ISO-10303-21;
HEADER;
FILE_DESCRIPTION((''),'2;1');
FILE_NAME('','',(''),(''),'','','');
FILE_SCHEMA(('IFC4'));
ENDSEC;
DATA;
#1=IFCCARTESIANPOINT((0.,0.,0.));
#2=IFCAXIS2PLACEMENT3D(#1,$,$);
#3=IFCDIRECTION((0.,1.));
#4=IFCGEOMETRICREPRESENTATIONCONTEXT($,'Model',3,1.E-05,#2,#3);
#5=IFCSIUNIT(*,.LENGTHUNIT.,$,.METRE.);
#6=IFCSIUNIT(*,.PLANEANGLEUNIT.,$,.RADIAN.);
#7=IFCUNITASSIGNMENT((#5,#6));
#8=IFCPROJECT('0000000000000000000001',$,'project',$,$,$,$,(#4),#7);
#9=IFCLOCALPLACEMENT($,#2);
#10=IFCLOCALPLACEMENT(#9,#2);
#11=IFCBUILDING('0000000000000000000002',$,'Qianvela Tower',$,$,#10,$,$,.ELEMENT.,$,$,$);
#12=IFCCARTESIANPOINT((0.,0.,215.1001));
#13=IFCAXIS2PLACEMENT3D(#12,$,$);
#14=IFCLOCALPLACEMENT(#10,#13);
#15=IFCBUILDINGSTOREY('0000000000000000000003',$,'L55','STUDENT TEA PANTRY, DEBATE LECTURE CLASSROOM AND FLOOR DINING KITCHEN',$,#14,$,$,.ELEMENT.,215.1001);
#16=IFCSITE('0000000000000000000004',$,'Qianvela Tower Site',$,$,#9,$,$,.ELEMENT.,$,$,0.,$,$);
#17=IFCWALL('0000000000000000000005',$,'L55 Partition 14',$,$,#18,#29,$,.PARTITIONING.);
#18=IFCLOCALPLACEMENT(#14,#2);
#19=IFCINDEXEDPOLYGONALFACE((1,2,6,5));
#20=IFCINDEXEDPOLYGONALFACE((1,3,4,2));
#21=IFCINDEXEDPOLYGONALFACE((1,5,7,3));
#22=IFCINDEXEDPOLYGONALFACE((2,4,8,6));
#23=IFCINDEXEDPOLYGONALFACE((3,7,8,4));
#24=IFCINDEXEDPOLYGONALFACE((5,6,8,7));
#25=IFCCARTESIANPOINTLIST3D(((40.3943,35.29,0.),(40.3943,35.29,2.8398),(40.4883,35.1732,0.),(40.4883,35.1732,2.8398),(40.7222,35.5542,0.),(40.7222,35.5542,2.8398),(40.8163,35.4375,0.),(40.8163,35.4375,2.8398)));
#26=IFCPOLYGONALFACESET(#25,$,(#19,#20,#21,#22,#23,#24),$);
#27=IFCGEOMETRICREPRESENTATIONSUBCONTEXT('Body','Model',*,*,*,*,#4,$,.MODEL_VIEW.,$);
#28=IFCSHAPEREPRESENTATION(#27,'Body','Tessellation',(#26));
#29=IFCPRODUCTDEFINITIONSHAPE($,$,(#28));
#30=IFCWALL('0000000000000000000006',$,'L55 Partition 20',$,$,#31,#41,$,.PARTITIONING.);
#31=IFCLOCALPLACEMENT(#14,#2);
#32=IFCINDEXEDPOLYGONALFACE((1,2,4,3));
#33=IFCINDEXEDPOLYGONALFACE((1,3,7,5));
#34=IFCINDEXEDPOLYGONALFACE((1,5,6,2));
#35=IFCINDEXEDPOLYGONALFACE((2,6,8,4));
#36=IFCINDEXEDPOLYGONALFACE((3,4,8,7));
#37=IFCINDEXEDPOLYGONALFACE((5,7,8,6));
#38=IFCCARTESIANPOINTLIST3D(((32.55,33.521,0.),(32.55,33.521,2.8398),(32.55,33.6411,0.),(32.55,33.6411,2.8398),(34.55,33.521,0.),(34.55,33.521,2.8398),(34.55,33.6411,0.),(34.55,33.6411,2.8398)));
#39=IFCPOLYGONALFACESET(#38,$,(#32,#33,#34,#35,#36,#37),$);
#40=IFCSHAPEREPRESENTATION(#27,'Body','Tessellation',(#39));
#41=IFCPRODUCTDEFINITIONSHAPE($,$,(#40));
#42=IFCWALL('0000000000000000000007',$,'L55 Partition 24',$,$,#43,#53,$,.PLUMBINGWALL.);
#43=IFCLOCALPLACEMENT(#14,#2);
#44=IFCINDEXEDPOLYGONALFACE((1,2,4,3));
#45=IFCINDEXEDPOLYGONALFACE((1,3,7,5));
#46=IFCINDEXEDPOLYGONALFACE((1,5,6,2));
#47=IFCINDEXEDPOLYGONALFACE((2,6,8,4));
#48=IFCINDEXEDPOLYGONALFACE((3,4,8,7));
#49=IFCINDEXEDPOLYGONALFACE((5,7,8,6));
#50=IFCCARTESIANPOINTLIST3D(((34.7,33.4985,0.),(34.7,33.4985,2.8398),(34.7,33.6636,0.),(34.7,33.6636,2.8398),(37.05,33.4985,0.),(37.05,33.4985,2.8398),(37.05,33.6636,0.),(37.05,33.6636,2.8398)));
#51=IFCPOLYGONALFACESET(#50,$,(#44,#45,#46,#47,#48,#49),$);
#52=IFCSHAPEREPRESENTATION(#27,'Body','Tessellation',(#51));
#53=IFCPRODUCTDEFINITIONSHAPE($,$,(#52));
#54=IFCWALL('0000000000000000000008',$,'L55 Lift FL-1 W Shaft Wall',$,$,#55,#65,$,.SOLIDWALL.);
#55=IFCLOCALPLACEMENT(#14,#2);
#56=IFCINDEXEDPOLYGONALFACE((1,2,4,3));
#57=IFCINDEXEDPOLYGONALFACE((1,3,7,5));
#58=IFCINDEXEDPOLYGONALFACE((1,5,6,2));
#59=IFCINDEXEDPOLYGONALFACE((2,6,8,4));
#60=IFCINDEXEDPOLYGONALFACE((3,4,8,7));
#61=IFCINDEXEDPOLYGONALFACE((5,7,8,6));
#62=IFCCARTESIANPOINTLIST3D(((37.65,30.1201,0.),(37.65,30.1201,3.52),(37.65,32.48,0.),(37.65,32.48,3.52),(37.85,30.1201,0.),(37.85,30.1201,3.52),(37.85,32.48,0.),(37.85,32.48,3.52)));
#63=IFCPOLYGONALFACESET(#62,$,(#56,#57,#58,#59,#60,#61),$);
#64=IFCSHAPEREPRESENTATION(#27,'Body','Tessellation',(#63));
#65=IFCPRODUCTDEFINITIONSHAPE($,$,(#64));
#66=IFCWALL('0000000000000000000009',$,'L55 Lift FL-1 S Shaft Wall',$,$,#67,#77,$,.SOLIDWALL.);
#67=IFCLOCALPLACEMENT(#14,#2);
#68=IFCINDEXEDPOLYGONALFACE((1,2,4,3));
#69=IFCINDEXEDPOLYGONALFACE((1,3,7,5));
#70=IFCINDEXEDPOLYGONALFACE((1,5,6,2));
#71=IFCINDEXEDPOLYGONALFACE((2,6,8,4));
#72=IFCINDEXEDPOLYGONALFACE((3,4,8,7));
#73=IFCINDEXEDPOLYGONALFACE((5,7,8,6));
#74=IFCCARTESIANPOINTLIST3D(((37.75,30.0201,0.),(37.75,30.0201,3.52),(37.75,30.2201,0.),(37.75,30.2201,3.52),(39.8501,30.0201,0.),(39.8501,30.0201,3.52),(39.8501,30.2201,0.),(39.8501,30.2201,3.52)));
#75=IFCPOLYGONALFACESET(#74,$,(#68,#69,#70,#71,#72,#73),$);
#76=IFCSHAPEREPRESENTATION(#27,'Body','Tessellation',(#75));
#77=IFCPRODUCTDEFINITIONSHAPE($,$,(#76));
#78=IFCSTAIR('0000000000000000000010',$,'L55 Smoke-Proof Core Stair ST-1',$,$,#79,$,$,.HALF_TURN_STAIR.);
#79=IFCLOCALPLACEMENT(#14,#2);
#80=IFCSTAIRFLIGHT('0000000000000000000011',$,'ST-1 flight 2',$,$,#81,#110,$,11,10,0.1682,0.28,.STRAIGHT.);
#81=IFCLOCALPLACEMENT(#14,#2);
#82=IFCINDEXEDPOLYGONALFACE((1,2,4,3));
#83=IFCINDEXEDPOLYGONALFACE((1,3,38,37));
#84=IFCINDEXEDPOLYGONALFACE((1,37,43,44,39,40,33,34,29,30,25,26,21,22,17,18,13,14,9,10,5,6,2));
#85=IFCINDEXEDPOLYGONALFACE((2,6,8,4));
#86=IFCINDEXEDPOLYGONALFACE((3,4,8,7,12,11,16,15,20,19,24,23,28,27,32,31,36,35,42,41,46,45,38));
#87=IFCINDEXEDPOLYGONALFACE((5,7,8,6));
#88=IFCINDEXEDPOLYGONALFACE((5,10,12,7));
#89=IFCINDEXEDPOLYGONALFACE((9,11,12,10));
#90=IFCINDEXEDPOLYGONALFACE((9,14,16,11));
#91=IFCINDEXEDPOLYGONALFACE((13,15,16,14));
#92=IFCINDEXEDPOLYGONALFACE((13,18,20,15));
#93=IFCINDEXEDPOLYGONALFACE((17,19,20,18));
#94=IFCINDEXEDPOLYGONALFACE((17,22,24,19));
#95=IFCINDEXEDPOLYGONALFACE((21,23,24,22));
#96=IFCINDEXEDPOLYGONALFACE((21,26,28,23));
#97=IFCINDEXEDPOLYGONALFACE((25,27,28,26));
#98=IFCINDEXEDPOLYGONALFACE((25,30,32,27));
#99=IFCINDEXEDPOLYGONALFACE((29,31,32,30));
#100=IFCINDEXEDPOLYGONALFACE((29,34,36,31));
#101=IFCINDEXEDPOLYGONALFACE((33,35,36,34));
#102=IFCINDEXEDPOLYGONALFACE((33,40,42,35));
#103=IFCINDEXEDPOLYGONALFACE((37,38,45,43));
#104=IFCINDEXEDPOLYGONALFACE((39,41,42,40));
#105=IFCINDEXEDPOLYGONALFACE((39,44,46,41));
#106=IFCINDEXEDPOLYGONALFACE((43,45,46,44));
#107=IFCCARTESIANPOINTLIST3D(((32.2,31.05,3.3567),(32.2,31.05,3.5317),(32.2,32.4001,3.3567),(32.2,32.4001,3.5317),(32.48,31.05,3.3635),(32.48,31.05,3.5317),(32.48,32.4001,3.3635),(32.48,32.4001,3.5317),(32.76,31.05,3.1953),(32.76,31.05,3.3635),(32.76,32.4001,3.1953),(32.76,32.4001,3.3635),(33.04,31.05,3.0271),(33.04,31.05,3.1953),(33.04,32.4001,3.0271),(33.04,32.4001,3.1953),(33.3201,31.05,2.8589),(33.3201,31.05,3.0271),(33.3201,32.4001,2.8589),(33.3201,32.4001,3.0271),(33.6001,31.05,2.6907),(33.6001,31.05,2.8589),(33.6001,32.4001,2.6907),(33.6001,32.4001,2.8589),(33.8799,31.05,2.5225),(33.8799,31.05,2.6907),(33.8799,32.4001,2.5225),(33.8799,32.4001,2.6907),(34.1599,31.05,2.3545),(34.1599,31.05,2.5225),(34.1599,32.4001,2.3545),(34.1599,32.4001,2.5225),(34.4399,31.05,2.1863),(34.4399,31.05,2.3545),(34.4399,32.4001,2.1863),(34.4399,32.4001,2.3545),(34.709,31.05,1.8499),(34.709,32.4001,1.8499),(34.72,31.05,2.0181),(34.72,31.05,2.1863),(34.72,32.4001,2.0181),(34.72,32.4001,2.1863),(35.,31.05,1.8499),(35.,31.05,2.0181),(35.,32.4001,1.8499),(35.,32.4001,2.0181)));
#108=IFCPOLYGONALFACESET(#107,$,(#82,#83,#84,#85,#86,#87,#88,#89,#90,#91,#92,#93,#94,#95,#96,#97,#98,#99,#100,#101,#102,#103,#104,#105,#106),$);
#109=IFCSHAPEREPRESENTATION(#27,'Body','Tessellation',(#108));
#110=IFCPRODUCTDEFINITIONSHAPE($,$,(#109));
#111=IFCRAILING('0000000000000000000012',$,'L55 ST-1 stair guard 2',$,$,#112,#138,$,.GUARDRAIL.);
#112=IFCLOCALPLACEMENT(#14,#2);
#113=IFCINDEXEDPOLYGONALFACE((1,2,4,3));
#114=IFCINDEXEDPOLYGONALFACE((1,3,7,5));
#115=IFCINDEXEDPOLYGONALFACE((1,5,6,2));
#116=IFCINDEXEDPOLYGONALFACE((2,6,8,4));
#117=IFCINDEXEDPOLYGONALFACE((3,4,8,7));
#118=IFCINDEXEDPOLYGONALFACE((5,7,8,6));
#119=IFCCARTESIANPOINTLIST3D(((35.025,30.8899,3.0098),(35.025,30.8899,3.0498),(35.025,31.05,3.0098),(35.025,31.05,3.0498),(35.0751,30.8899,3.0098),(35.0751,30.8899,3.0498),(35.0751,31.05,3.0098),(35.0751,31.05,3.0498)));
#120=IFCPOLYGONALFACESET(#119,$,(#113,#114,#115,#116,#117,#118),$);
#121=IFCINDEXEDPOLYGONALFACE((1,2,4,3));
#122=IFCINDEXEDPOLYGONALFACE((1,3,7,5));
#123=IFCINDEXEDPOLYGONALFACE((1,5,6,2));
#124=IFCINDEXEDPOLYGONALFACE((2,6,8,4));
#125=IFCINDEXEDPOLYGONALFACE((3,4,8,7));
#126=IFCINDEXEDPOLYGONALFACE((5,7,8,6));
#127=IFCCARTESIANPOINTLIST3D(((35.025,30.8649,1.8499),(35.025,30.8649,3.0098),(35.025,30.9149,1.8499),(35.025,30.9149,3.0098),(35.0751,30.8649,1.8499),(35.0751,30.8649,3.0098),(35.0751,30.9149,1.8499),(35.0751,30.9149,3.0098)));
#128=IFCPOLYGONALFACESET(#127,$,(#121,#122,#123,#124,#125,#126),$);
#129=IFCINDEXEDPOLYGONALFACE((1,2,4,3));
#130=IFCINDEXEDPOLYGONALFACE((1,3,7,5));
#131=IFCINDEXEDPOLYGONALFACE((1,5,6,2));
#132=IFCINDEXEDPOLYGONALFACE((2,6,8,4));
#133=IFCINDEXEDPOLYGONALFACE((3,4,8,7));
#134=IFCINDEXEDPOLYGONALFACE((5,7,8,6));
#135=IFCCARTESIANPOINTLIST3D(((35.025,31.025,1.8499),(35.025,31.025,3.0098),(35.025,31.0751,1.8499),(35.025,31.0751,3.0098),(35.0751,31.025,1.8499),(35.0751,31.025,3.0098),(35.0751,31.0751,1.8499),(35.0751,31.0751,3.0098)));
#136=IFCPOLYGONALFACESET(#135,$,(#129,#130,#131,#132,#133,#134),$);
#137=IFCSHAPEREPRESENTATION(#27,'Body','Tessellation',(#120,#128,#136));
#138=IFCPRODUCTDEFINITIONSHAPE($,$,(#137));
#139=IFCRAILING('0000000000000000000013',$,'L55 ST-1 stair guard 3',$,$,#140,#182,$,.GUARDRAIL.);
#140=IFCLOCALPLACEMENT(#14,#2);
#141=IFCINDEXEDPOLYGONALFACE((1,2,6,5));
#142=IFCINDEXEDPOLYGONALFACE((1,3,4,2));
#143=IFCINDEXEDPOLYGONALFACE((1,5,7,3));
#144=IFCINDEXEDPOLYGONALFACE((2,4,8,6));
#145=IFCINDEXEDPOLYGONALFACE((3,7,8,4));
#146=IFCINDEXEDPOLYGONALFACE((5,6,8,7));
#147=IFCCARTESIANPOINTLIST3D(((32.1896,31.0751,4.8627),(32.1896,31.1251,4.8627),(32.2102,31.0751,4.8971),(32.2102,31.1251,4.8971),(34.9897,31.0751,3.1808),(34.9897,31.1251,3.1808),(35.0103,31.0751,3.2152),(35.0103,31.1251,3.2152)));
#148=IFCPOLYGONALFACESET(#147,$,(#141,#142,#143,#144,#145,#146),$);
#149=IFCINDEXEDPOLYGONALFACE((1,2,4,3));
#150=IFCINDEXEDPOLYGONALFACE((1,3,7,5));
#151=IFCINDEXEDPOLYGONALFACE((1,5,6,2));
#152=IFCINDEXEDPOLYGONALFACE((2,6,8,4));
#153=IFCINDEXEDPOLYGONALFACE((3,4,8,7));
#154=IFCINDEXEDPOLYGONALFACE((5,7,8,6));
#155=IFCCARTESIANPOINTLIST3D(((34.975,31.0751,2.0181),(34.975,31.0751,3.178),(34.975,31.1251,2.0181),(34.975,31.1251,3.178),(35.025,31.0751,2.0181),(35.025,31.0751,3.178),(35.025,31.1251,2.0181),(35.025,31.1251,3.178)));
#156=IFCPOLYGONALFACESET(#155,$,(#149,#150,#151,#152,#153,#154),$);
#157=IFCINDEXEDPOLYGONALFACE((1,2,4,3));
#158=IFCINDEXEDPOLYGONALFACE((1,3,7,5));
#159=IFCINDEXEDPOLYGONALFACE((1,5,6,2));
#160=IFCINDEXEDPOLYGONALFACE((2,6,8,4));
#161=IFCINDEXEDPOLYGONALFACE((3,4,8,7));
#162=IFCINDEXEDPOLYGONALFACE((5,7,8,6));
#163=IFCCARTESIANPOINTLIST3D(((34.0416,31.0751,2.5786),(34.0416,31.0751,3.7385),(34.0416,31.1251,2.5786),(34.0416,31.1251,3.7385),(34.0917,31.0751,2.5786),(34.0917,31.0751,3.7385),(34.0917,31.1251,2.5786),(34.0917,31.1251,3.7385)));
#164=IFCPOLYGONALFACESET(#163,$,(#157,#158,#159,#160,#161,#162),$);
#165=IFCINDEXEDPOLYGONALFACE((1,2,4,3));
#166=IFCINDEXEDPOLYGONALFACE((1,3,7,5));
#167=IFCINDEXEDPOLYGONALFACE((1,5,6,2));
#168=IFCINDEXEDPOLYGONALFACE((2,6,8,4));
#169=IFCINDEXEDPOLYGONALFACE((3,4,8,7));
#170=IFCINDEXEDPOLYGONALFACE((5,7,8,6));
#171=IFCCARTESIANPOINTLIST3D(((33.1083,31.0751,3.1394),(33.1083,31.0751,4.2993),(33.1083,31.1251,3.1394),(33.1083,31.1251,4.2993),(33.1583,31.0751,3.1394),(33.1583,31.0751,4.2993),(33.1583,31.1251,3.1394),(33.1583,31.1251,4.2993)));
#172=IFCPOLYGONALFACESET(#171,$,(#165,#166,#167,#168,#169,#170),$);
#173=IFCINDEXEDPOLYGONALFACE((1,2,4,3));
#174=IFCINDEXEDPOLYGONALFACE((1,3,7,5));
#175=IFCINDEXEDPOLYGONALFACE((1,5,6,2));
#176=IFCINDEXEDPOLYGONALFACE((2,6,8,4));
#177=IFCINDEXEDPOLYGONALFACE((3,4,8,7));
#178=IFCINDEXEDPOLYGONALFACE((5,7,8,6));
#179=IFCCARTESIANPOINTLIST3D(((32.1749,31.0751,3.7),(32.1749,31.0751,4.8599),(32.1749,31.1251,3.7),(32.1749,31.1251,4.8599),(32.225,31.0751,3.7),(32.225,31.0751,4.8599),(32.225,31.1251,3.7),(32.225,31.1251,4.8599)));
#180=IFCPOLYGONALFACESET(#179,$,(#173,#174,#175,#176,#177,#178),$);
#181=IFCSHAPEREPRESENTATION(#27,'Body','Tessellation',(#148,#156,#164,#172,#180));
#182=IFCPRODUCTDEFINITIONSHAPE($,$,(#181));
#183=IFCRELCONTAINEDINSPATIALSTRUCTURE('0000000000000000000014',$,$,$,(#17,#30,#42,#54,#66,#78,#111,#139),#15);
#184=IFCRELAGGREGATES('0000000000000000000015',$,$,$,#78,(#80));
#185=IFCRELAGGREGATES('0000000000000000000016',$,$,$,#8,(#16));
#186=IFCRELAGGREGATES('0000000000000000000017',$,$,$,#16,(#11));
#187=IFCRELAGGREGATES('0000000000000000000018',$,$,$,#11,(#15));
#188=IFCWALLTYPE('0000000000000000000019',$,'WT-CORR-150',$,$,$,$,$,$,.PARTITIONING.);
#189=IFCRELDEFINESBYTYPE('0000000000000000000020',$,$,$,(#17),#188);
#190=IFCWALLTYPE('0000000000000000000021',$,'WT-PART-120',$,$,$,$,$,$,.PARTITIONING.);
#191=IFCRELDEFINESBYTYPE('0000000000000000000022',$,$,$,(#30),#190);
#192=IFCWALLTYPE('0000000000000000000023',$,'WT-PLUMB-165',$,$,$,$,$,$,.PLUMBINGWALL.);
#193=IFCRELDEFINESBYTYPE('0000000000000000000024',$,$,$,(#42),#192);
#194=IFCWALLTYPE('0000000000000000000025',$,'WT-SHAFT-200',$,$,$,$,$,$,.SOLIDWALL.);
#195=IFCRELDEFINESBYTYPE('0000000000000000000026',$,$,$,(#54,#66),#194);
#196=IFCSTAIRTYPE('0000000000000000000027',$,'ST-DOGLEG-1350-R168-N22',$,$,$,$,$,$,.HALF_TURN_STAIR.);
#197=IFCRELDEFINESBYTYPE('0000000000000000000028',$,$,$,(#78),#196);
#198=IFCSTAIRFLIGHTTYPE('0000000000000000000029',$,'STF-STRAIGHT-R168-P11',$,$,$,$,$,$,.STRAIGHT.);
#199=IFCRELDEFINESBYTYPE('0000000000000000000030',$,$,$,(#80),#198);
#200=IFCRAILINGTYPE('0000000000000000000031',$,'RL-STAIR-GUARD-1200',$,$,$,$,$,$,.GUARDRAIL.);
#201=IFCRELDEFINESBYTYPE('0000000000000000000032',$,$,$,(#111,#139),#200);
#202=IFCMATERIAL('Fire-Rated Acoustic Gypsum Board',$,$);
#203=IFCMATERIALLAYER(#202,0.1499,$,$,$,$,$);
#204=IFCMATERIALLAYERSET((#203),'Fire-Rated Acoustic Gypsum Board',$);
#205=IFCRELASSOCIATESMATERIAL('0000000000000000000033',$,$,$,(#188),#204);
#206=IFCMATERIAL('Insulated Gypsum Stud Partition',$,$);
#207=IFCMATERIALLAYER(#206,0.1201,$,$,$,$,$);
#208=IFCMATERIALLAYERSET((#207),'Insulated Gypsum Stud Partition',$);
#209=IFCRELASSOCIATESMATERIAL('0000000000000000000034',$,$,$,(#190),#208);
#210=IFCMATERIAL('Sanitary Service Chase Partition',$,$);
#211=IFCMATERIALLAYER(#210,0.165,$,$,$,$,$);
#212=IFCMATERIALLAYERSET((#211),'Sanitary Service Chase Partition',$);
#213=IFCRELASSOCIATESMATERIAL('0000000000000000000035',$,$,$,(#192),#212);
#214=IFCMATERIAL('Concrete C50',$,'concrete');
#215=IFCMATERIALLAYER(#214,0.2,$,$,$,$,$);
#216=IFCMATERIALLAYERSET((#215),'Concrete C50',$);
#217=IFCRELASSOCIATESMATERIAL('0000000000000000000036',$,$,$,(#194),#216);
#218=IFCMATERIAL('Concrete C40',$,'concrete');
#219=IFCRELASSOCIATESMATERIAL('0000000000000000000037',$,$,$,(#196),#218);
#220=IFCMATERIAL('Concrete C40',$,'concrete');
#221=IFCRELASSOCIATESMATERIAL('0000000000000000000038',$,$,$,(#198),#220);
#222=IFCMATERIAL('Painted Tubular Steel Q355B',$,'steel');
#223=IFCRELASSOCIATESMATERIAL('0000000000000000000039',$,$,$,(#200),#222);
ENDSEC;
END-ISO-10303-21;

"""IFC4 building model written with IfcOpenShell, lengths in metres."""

from ifc_helpers import new_model, si_unit, direction, frame, frame_2d, origin, origin_2d, place, context, subcontext, project, spatial, polyline, rectangle, outline, extrude, material, layer, layer_set, type_object, element, aggregate, save


model = new_model("IFC4")

# Units and contexts
model_context = context("Model", 3, precision=1e-05, world=origin(), true_north=direction((0.0, 1.0)))
body_context = subcontext(model_context, "Body", "Model", "MODEL_VIEW")
ifc_project = project(units=[si_unit("LENGTHUNIT", "METRE"), si_unit("PLANEANGLEUNIT", "RADIAN")], contexts=[model_context])

# Site, building, storey
site_placement = place(None, origin())
site = spatial("IfcSite", under=ifc_project, at=site_placement, Name="Qianvela Tower Site", CompositionType="ELEMENT", RefElevation=0.0)
building_placement = place(site_placement, origin())
building = spatial("IfcBuilding", under=site, at=building_placement, Name="Qianvela Tower", CompositionType="ELEMENT")
storey_placement = place(building_placement, frame((0.0, 0.0, 215.1001)))
storey = spatial("IfcBuildingStorey", under=building, at=storey_placement, Name="L55", Description="STUDENT TEA PANTRY, DEBATE LECTURE CLASSROOM AND FLOOR DINING KITCHEN", CompositionType="ELEMENT", Elevation=215.1001)

# Walls
ifc_material_1 = material(Name="Fire-Rated Acoustic Gypsum Board")
ifc_layer_1 = layer(ifc_material_1, 0.1499)
ifc_layer_set_1 = layer_set([ifc_layer_1], Name="Fire-Rated Acoustic Gypsum Board")
wall_type_1 = type_object("IfcWallType", Name="WT-CORR-150", PredefinedType="PARTITIONING", material=ifc_layer_set_1)
wall_1_placement = place(storey_placement, frame((40.4414, 35.2317, 0.0), z_axis=(0.0, 0.0, 1.0), x_axis=(0.778715, 0.627378, 0.0)))
element("IfcWall", 1, at=wall_1_placement, inside=storey, type_object=wall_type_1, Name="L55 Partition 14", PredefinedType="PARTITIONING", context=body_context, shape_type="SweptSolid", body=[
    extrude(rectangle(XDim=0.4211, YDim=0.1499, at=frame_2d((0.2104, 0.0))), origin(), (0.0, 0.0, 1.0), 2.8398),
])
ifc_material_2 = material(Name="Insulated Gypsum Stud Partition")
ifc_layer_2 = layer(ifc_material_2, 0.1201)
ifc_layer_set_2 = layer_set([ifc_layer_2], Name="Insulated Gypsum Stud Partition")
wall_type_2 = type_object("IfcWallType", Name="WT-PART-120", PredefinedType="PARTITIONING", material=ifc_layer_set_2)
wall_2_placement = place(storey_placement, frame((34.55, 33.5811, 0.0), z_axis=(0.0, 0.0, 1.0), x_axis=(-1.0, 0.0, 0.0)))
element("IfcWall", 2, at=wall_2_placement, inside=storey, type_object=wall_type_2, Name="L55 Partition 20", PredefinedType="PARTITIONING", context=body_context, shape_type="SweptSolid", body=[
    extrude(rectangle(XDim=2.0, YDim=0.1201, at=frame_2d((1.0, 0.0))), origin(), (0.0, 0.0, 1.0), 2.8398),
])
ifc_material_3 = material(Name="Sanitary Service Chase Partition")
ifc_layer_3 = layer(ifc_material_3, 0.165)
ifc_layer_set_3 = layer_set([ifc_layer_3], Name="Sanitary Service Chase Partition")
wall_type_3 = type_object("IfcWallType", Name="WT-PLUMB-165", PredefinedType="PLUMBINGWALL", material=ifc_layer_set_3)
wall_3_placement = place(storey_placement, frame((37.05, 33.5811, 0.0), z_axis=(0.0, 0.0, 1.0), x_axis=(-1.0, 0.0, 0.0)))
element("IfcWall", 3, at=wall_3_placement, inside=storey, type_object=wall_type_3, Name="L55 Partition 24", PredefinedType="PLUMBINGWALL", context=body_context, shape_type="SweptSolid", body=[
    extrude(rectangle(XDim=2.3501, YDim=0.165, at=frame_2d((1.175, 0.0))), origin(), (0.0, 0.0, 1.0), 2.8398),
])

# Shared definitions
ifc_material_4 = material(Name="Concrete C50", Category="concrete")
ifc_layer_4 = layer(ifc_material_4, 0.2)
ifc_layer_set_4 = layer_set([ifc_layer_4], Name="Concrete C50")
wall_type_4 = type_object("IfcWallType", Name="WT-SHAFT-200", PredefinedType="SOLIDWALL", material=ifc_layer_set_4)

# Walls
wall_4_placement = place(storey_placement, frame((37.75, 30.1201, 0.0), z_axis=(0.0, 0.0, 1.0), x_axis=(0.0, 1.0, 0.0)))
element("IfcWall", 4, at=wall_4_placement, inside=storey, type_object=wall_type_4, Name="L55 Lift FL-1 W Shaft Wall", PredefinedType="SOLIDWALL", context=body_context, shape_type="SweptSolid", body=[
    extrude(rectangle(XDim=2.3599, YDim=0.2, at=frame_2d((1.1799, 0.0))), origin(), (0.0, 0.0, 1.0), 3.52),
])
wall_5_placement = place(storey_placement, frame((37.75, 30.1201, 0.0), z_axis=(0.0, 0.0, 1.0), x_axis=(1.0, 0.0, 0.0)))
element("IfcWall", 5, at=wall_5_placement, inside=storey, type_object=wall_type_4, Name="L55 Lift FL-1 S Shaft Wall", PredefinedType="SOLIDWALL", context=body_context, shape_type="SweptSolid", body=[
    extrude(rectangle(XDim=2.1001, YDim=0.2, at=frame_2d((1.05, 0.0))), origin(), (0.0, 0.0, 1.0), 3.52),
])

# Stair, stair flight
ifc_material_5 = material(Name="Concrete C40", Category="concrete")
stair_type = type_object("IfcStairType", Name="ST-DOGLEG-1350-R168-N22", PredefinedType="HALF_TURN_STAIR", material=ifc_material_5)
stair_placement = place(storey_placement, origin())
stair = element("IfcStair", 6, at=stair_placement, inside=storey, type_object=stair_type, Name="L55 Smoke-Proof Core Stair ST-1", PredefinedType="HALF_TURN_STAIR")
ifc_material_6 = material(Name="Concrete C40", Category="concrete")
stair_flight_type = type_object("IfcStairFlightType", Name="STF-STRAIGHT-R168-P11", PredefinedType="STRAIGHT", material=ifc_material_6)
stair_flight_placement = place(storey_placement, frame((35.0, 31.7251, 1.8499), z_axis=(0.0, 0.0, 1.0), x_axis=(-1.0, 0.0, 0.0)))
stair_flight = element("IfcStairFlight", 7, at=stair_flight_placement, type_object=stair_flight_type, Name="ST-1 flight 2", NumberOfRisers=11, NumberOfTreads=10, PredefinedType="STRAIGHT", RiserHeight=0.1682, TreadLength=0.28, context=body_context, shape_type="SweptSolid", body=[
    extrude(outline(polyline([(0.0, 0.0), (0.0, 0.1682), (0.28, 0.1682), (0.28, 0.3364), (0.5601, 0.3364), (0.5601, 0.5046), (0.8401, 0.5046), (0.8401, 0.6726), (1.1201, 0.6726), (1.1201, 0.8408), (1.3999, 0.8408), (1.3999, 1.009), (1.6799, 1.009), (1.6799, 1.1772), (1.96, 1.1772), (1.96, 1.3455), (2.24, 1.3455), (2.24, 1.5137), (2.52, 1.5137), (2.52, 1.6819), (2.8, 1.6819), (2.8, 1.8501), (2.8, 1.5068), (0.291, 0.0), (0.0, 0.0)])), frame((0.0, 0.675, 0.0), z_axis=(0.0, -1.0, 0.0), x_axis=(1.0, 0.0, 0.0)), (0.0, 0.0, 1.0), 1.3501),
])
aggregate(stair, [stair_flight])

# Railings
ifc_material_7 = material(Name="Painted Tubular Steel Q355B", Category="steel")
railing_type_1 = type_object("IfcRailingType", Name="RL-STAIR-GUARD-1200", PredefinedType="GUARDRAIL", material=ifc_material_7)
railing_1_placement = place(storey_placement, frame((35.05, 30.8899, 1.8499)))
element("IfcRailing", 8, at=railing_1_placement, inside=storey, type_object=railing_type_1, Name="L55 ST-1 stair guard 2", PredefinedType="GUARDRAIL", context=body_context, shape_type="SweptSolid", body=[
    extrude(rectangle(XDim=0.05, YDim=0.04, at=origin_2d()), frame((0.0, 0.0, 1.1799), z_axis=(0.0, 1.0, 0.0), x_axis=(-1.0, 0.0, 0.0)), (0.0, 0.0, 1.0), 0.1602),
    extrude(rectangle(XDim=0.05, YDim=0.05, at=origin_2d()), origin(), (0.0, 0.0, 1.0), 1.1599),
    extrude(rectangle(XDim=0.05, YDim=0.05, at=origin_2d()), frame((0.0, 0.1602, 0.0)), (0.0, 0.0, 1.0), 1.1599),
])
railing_2_placement = place(storey_placement, frame((35.0, 31.1001, 2.0181)))
element("IfcRailing", 9, at=railing_2_placement, inside=storey, type_object=railing_type_1, Name="L55 ST-1 stair guard 3", PredefinedType="GUARDRAIL", context=body_context, shape_type="SweptSolid", body=[
    extrude(rectangle(XDim=0.05, YDim=0.04, at=origin_2d()), frame((0.0, 0.0, 1.1799), z_axis=(-0.857242, 0.0, 0.514913), x_axis=(0.0, -1.0, 0.0)), (0.0, 0.0, 1.0), 3.2664),
    extrude(rectangle(XDim=0.05, YDim=0.05, at=origin_2d()), origin(), (0.0, 0.0, 1.0), 1.1599),
    extrude(rectangle(XDim=0.05, YDim=0.05, at=origin_2d()), frame((-0.9333, 0.0, 0.5605)), (0.0, 0.0, 1.0), 1.1599),
    extrude(rectangle(XDim=0.05, YDim=0.05, at=origin_2d()), frame((-1.8667, 0.0, 1.1213)), (0.0, 0.0, 1.0), 1.1599),
    extrude(rectangle(XDim=0.05, YDim=0.05, at=origin_2d()), frame((-2.8, 0.0, 1.6819)), (0.0, 0.0, 1.0), 1.1599),
])

save(model, "model.ifc")
